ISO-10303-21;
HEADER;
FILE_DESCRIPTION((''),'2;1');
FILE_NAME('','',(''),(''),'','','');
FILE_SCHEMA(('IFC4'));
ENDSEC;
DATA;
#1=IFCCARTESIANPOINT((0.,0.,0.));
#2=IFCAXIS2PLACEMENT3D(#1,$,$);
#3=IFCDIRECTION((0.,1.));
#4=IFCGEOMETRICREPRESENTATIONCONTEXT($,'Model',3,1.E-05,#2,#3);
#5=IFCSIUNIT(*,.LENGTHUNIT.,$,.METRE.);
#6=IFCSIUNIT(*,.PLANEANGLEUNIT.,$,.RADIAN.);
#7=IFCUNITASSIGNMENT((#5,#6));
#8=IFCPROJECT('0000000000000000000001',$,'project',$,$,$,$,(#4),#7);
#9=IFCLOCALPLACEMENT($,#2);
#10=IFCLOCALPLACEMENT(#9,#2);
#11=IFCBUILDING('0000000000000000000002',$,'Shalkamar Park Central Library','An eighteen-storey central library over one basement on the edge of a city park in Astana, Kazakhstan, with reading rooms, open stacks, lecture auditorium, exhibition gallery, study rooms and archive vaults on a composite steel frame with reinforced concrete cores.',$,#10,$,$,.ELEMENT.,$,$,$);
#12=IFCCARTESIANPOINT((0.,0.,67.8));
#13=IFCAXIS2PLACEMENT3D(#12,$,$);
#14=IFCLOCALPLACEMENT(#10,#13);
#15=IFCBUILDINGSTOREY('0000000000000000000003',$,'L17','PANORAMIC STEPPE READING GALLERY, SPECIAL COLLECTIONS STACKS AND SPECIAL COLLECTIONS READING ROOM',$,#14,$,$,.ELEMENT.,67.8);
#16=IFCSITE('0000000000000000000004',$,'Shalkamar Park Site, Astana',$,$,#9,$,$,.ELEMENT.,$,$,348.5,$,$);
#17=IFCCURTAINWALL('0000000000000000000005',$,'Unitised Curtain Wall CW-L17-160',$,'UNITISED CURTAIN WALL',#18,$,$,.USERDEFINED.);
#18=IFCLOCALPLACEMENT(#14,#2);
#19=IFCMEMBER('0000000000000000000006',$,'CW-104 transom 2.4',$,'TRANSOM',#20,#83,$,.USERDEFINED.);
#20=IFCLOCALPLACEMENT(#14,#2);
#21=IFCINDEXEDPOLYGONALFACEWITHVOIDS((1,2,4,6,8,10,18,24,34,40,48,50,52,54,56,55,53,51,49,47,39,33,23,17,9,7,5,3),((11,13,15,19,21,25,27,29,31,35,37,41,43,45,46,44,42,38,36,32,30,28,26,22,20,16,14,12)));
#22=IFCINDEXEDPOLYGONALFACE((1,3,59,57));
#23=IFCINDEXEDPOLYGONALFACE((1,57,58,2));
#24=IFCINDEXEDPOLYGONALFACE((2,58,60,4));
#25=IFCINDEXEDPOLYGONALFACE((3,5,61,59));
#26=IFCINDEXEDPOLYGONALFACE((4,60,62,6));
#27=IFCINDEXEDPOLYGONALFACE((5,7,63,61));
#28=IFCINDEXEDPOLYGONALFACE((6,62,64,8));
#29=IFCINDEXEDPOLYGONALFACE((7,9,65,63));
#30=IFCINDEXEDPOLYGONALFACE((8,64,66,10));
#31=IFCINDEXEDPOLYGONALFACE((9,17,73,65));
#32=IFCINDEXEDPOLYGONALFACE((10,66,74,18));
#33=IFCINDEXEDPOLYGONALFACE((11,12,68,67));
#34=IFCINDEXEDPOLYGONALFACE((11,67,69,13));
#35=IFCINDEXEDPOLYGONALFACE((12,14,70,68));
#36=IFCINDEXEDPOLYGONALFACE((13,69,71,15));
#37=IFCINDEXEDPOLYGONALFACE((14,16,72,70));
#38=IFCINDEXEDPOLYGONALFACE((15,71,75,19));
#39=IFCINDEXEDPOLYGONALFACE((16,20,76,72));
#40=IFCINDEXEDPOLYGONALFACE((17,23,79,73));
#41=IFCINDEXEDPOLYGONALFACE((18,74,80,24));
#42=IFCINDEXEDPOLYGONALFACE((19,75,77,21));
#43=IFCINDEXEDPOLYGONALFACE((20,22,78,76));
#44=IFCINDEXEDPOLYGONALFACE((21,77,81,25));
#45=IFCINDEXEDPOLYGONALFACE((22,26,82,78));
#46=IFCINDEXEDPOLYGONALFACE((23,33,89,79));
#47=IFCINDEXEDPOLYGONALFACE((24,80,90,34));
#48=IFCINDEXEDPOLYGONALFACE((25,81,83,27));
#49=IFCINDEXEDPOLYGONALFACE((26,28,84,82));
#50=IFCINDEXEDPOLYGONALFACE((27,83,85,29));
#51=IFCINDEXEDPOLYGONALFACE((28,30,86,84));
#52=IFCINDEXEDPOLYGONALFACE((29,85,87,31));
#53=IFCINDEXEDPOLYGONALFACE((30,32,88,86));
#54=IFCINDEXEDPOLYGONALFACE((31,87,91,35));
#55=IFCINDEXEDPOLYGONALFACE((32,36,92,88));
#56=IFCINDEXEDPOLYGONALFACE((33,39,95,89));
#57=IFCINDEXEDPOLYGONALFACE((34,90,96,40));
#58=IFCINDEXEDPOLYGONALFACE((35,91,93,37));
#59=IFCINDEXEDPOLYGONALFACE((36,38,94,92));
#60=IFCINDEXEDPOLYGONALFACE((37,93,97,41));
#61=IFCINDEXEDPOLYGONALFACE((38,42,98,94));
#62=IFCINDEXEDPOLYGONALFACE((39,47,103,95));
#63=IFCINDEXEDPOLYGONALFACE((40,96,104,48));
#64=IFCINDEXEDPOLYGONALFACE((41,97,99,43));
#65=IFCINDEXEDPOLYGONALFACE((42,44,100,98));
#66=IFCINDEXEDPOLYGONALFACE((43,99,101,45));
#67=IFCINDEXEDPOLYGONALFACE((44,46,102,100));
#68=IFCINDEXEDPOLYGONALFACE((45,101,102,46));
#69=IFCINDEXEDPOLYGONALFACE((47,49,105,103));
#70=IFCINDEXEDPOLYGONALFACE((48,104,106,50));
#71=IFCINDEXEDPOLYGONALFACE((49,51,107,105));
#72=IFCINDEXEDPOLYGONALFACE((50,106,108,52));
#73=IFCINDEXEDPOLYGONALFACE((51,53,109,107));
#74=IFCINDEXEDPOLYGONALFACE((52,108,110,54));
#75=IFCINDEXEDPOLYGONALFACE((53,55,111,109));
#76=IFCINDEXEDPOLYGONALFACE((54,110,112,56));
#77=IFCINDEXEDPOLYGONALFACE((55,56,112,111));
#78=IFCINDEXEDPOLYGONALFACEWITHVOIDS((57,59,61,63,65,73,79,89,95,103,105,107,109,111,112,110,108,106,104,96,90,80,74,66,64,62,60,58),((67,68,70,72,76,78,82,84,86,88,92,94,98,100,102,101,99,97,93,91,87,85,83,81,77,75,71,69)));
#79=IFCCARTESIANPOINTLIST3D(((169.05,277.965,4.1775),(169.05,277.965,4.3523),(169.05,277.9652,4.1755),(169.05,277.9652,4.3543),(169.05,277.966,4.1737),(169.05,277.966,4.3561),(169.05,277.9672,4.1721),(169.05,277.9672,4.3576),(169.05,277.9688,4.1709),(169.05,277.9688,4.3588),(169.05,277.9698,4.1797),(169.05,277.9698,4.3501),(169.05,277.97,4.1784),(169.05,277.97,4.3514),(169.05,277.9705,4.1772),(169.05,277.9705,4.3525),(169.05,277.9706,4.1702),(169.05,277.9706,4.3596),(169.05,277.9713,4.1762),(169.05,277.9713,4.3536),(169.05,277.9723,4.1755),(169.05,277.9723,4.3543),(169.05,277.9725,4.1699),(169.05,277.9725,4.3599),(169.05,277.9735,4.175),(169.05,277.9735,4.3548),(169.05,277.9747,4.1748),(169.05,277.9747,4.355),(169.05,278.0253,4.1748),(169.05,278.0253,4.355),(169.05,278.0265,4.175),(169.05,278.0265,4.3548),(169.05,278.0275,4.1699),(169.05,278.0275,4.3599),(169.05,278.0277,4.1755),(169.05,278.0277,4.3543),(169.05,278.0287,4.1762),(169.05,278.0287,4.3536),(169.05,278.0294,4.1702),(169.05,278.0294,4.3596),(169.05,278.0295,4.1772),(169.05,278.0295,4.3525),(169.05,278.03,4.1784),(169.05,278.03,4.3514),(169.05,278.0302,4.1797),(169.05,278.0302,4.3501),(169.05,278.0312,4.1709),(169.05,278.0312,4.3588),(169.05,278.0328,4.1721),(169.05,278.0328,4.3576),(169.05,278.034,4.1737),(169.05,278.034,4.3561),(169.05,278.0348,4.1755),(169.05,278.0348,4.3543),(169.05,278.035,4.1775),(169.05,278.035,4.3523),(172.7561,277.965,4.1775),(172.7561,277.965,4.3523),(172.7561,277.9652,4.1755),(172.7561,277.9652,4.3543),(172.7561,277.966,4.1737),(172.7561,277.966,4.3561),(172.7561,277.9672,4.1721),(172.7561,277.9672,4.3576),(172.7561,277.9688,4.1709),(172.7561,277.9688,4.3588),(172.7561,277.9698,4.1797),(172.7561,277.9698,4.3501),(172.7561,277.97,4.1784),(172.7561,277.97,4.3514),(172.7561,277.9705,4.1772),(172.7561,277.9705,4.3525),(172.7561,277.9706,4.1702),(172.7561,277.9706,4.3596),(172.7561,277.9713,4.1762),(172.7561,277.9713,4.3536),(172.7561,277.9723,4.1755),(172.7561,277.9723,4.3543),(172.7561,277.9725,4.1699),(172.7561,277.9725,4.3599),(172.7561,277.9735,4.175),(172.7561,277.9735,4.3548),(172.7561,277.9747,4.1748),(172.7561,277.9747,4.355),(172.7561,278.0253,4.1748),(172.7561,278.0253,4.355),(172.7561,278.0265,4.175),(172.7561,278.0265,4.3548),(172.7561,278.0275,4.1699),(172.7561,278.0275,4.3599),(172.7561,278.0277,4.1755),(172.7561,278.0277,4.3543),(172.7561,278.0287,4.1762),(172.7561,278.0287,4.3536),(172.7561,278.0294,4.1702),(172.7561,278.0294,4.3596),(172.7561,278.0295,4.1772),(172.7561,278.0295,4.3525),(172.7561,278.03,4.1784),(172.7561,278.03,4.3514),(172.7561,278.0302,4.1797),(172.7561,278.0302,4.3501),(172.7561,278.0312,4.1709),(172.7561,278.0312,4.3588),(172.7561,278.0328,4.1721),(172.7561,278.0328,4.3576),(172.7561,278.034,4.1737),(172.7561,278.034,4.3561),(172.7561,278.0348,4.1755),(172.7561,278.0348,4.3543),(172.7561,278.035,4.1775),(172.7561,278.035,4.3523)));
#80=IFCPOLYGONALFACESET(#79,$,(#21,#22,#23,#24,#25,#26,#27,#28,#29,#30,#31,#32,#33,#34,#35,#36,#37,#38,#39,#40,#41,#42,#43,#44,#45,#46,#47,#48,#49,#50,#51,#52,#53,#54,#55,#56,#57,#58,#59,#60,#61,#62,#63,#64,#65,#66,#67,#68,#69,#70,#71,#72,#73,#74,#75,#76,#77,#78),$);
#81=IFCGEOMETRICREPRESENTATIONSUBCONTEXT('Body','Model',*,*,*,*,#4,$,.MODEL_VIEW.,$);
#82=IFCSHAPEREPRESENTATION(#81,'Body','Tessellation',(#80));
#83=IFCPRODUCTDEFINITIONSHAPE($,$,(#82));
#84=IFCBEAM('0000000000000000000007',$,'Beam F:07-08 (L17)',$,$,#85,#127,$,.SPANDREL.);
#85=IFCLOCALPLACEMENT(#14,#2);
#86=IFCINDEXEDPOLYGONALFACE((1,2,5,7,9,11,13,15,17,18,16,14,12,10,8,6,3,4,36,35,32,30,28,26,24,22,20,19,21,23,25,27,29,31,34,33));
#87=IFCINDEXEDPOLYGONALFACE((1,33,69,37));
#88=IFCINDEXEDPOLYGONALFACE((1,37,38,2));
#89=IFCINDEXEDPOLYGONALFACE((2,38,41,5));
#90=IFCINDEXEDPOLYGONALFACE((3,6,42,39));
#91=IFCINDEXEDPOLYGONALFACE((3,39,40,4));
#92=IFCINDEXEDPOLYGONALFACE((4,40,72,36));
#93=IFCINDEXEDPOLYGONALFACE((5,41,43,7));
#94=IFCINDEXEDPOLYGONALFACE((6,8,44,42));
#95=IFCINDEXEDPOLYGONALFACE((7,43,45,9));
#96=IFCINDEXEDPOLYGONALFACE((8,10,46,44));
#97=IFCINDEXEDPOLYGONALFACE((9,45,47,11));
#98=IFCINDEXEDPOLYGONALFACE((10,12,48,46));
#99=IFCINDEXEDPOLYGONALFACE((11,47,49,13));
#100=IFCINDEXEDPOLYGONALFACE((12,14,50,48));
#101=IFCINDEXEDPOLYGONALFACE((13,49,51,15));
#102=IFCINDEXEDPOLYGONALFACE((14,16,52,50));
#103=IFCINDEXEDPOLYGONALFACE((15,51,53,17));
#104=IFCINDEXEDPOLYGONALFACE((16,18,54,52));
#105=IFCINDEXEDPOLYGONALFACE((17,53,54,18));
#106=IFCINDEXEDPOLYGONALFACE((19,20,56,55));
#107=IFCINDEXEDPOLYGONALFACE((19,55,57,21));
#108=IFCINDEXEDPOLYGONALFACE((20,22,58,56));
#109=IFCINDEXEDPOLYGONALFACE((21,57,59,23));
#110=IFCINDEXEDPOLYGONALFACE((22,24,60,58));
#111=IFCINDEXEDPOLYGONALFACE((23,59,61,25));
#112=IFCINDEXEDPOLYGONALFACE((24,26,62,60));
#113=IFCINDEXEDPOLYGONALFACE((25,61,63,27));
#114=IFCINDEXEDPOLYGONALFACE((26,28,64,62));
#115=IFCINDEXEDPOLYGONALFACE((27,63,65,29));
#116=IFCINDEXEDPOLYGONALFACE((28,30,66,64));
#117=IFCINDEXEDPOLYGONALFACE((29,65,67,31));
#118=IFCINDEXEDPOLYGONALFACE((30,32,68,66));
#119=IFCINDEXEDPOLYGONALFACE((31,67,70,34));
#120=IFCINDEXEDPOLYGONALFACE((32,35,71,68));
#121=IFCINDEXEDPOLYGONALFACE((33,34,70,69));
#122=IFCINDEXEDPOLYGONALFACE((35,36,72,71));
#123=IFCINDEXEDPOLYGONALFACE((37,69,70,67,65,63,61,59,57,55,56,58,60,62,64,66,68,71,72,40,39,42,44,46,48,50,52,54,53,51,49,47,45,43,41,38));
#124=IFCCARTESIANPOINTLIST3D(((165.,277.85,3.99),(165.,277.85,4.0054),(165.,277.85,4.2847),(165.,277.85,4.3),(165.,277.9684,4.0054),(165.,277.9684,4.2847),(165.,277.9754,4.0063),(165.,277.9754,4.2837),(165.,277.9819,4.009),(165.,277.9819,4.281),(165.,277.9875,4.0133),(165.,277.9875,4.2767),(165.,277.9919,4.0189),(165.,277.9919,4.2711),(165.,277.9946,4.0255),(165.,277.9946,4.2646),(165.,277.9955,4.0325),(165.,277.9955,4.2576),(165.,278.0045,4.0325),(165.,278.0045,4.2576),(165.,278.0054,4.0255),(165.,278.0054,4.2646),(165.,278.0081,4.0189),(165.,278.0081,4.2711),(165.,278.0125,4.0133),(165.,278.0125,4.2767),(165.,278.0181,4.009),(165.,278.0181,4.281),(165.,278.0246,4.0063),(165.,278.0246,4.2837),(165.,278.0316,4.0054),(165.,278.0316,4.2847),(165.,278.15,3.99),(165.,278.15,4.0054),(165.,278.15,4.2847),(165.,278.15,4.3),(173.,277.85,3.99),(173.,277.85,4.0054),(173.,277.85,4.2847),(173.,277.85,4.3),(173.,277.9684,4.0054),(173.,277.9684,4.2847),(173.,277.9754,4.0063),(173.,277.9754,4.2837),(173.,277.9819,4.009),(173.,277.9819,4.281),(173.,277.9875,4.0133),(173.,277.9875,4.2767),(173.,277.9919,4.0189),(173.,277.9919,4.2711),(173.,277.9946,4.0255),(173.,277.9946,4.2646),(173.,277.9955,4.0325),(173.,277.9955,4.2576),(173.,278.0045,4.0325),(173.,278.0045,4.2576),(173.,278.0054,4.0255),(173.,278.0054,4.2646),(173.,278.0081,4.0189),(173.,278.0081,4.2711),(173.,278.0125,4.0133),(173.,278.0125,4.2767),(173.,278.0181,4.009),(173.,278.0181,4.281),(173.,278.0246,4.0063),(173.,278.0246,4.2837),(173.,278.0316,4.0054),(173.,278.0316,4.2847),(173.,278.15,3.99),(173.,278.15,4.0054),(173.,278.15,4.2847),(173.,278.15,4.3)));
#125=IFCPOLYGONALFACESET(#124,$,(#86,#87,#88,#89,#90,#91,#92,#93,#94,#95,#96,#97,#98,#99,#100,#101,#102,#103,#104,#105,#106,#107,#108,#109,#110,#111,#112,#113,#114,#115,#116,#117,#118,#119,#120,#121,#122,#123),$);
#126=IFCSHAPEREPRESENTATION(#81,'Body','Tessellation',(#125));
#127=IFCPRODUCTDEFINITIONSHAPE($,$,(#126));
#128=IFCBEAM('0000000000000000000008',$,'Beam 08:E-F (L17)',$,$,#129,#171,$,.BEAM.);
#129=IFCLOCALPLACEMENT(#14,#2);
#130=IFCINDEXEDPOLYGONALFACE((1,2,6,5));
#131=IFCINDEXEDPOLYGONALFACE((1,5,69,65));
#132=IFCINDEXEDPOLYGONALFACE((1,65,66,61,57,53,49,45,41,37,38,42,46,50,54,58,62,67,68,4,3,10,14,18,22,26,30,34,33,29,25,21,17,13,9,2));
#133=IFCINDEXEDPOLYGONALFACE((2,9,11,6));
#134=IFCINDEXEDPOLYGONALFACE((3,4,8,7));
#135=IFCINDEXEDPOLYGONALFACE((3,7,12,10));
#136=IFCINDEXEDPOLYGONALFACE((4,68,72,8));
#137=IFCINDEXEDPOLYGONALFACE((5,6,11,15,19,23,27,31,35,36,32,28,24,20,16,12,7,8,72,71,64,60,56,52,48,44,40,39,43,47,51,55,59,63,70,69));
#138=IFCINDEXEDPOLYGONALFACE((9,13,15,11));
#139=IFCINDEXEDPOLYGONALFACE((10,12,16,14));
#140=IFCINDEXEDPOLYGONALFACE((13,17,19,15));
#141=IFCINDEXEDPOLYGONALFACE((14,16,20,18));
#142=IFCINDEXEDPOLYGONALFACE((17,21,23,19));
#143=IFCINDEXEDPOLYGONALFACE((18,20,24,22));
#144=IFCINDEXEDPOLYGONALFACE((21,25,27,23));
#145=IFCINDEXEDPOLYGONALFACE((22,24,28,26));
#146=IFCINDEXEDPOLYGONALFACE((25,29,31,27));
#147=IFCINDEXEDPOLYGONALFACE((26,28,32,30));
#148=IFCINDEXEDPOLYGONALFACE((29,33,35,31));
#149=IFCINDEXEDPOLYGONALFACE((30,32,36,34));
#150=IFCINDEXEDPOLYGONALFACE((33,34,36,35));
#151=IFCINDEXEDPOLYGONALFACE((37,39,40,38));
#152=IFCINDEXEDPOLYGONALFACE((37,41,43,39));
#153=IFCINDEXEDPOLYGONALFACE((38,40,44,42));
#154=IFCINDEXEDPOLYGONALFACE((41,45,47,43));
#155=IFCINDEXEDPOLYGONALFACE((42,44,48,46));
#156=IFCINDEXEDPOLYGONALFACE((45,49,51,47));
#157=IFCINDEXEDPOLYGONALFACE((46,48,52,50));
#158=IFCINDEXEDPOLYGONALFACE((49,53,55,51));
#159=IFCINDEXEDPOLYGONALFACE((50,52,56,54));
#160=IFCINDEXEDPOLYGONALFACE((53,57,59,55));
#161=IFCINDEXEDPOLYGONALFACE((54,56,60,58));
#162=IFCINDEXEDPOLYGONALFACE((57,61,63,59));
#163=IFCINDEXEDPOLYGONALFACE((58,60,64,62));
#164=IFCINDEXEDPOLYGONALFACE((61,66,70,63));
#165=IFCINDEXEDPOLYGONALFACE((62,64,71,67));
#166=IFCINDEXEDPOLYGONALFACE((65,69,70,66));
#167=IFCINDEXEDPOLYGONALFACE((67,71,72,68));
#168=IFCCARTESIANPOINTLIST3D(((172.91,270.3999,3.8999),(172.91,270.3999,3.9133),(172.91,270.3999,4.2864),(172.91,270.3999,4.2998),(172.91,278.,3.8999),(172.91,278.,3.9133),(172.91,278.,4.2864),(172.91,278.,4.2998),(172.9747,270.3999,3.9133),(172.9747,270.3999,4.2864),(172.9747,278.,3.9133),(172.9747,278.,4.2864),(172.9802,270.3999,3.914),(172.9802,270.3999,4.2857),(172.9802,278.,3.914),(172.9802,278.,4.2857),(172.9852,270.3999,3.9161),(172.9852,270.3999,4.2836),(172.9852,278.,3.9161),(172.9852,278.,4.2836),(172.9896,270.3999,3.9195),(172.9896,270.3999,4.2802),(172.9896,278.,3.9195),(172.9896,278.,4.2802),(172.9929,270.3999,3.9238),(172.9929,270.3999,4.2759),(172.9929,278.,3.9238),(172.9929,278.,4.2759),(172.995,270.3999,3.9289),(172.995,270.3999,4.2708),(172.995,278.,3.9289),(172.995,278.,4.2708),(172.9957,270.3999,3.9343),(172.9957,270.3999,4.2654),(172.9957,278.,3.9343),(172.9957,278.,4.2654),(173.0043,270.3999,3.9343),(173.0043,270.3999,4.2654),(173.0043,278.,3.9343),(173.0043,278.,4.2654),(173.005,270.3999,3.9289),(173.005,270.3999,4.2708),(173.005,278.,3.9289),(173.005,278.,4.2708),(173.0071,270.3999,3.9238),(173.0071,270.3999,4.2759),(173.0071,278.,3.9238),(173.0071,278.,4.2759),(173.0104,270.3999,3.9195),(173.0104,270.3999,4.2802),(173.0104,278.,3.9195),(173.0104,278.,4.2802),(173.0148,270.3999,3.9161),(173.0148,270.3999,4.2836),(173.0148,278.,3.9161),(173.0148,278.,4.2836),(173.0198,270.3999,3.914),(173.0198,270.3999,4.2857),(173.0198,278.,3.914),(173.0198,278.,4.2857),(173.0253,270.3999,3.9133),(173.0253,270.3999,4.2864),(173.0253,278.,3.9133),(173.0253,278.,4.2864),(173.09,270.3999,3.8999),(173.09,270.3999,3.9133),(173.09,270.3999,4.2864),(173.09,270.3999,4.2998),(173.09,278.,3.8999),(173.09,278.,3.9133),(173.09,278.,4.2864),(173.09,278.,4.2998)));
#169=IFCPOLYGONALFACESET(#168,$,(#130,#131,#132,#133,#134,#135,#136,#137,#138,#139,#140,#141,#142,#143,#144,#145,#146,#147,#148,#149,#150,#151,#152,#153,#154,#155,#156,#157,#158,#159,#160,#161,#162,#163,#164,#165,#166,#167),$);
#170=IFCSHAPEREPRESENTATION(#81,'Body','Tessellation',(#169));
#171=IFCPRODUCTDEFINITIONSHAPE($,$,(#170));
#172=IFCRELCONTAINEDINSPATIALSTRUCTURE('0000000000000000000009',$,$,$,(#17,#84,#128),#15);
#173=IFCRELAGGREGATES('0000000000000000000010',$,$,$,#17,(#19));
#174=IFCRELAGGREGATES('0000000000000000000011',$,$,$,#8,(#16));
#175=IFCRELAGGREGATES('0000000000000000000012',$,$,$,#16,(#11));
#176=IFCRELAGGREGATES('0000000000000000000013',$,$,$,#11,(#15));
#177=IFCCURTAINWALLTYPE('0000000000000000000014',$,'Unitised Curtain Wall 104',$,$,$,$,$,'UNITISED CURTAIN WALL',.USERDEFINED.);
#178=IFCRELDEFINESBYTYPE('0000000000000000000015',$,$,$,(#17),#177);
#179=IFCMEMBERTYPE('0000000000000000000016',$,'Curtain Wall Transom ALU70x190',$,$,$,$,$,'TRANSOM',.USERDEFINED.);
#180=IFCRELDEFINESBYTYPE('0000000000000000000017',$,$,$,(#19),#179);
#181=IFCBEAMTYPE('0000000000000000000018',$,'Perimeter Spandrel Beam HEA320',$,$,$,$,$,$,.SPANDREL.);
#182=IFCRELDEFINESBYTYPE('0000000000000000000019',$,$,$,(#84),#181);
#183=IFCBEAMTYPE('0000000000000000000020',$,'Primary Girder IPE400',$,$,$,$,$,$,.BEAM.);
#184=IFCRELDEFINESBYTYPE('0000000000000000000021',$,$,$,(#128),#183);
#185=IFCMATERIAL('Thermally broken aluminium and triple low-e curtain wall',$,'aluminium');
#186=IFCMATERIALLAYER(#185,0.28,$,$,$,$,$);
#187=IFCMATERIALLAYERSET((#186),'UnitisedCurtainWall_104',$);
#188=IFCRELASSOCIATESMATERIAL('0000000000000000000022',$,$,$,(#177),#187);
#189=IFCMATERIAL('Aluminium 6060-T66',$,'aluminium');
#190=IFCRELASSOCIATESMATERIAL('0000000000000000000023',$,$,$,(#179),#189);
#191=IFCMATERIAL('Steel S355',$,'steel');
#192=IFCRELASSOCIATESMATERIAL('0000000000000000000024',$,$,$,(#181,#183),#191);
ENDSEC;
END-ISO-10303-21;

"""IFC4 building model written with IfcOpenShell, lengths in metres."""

from ifc_helpers import new_model, si_unit, direction, frame, origin, origin_2d, place, context, subcontext, project, spatial, hollow_rectangle, i_section, extrude, material, layer, layer_set, material_profile, profile_set, type_object, element, aggregate, save


model = new_model("IFC4")

# Units and contexts
model_context = context("Model", 3, precision=1e-05, world=origin(), true_north=direction((0.0, 1.0)))
body_context = subcontext(model_context, "Body", "Model", "MODEL_VIEW")
ifc_project = project(units=[si_unit("LENGTHUNIT", "METRE"), si_unit("PLANEANGLEUNIT", "RADIAN")], contexts=[model_context])

# Site, building, storey
site_placement = place(None, origin())
site = spatial("IfcSite", under=ifc_project, at=site_placement, Name="Shalkamar Park Site, Astana", CompositionType="ELEMENT", RefElevation=348.5)
building_placement = place(site_placement, origin())
building = spatial("IfcBuilding", under=site, at=building_placement, Name="Shalkamar Park Central Library", Description="An eighteen-storey central library over one basement on the edge of a city park in Astana, Kazakhstan, with reading rooms, open stacks, lecture auditorium, exhibition gallery, study rooms and archive vaults on a composite steel frame with reinforced concrete cores.", CompositionType="ELEMENT")
storey_placement = place(building_placement, frame((0.0, 0.0, 67.8)))
storey = spatial("IfcBuildingStorey", under=building, at=storey_placement, Name="L17", Description="PANORAMIC STEPPE READING GALLERY, SPECIAL COLLECTIONS STACKS AND SPECIAL COLLECTIONS READING ROOM", CompositionType="ELEMENT", Elevation=67.8)

# Shared definitions
ifc_material_1 = material(Name="Steel S355", Category="steel")

# Curtain wall, member
ifc_material_2 = material(Name="Thermally broken aluminium and triple low-e curtain wall", Category="aluminium")
ifc_layer_1 = layer(ifc_material_2, 0.28)
ifc_layer_set_1 = layer_set([ifc_layer_1], Name="UnitisedCurtainWall_104")
curtain_wall_type = type_object("IfcCurtainWallType", Name="Unitised Curtain Wall 104", ElementType="UNITISED CURTAIN WALL", PredefinedType="USERDEFINED", material=ifc_layer_set_1)
curtain_wall_placement = place(storey_placement, origin())
curtain_wall = element("IfcCurtainWall", 1, at=curtain_wall_placement, inside=storey, type_object=curtain_wall_type, Name="Unitised Curtain Wall CW-L17-160", ObjectType="UNITISED CURTAIN WALL", PredefinedType="USERDEFINED")
ifc_material_3 = material(Name="Aluminium 6060-T66", Category="aluminium")
ifc_material_profile_1 = material_profile(ifc_material_3, hollow_rectangle(XDim=0.0701, YDim=0.1899, WallThickness=0.0049, InnerFilletRadius=0.0049, OuterFilletRadius=0.0076, at=origin_2d()), Name="ALU 70x190x5")
ifc_profile_set_1 = profile_set([ifc_material_profile_1], Name="Aluminium 6060-T66")
member_type_1 = type_object("IfcMemberType", Name="Curtain Wall Transom ALU70x190", ElementType="TRANSOM", PredefinedType="USERDEFINED", material=ifc_profile_set_1)
member_1_placement = place(storey_placement, frame((169.05, 278.0, 4.2649), z_axis=(1.0, 0.0, 0.0), x_axis=(0.0, 1.0, 0.0)))
member_1 = element("IfcMember", 2, at=member_1_placement, type_object=member_type_1, Name="CW-104 transom 2.4", ObjectType="TRANSOM", PredefinedType="USERDEFINED", context=body_context, shape_type="SweptSolid", body=[
    extrude(hollow_rectangle(XDim=0.0701, YDim=0.1899, WallThickness=0.0049, InnerFilletRadius=0.0049, OuterFilletRadius=0.0076, at=origin_2d()), origin(), (0.0, 0.0, 1.0), 3.7061),
])

# Beams
ifc_material_profile_2 = material_profile(ifc_material_1, i_section(OverallWidth=0.3, OverallDepth=0.3101, WebThickness=0.009, FlangeThickness=0.0154, FilletRadius=0.0271, at=origin_2d()), Name="HEA 320")
ifc_profile_set_2 = profile_set([ifc_material_profile_2], Name="Steel S355")
beam_type_1 = type_object("IfcBeamType", Name="Perimeter Spandrel Beam HEA320", PredefinedType="SPANDREL", material=ifc_profile_set_2)
beam_1_placement = place(storey_placement, frame((165.0, 278.0, 4.145), z_axis=(1.0, 0.0, 0.0), x_axis=(0.0, 1.0, 0.0)))
element("IfcBeam", 3, at=beam_1_placement, inside=storey, type_object=beam_type_1, Name="Beam F:07-08 (L17)", PredefinedType="SPANDREL", context=body_context, shape_type="SweptSolid", body=[
    extrude(i_section(OverallWidth=0.3, OverallDepth=0.3101, WebThickness=0.009, FlangeThickness=0.0154, FilletRadius=0.0271, at=origin_2d()), origin(), (0.0, 0.0, 1.0), 8.0),
])
ifc_material_profile_3 = material_profile(ifc_material_1, i_section(OverallWidth=0.1799, OverallDepth=0.3999, WebThickness=0.0085, FlangeThickness=0.0134, FilletRadius=0.021, at=origin_2d()), Name="IPE 400")
ifc_profile_set_3 = profile_set([ifc_material_profile_3], Name="Steel S355")
beam_type_2 = type_object("IfcBeamType", Name="Primary Girder IPE400", PredefinedType="BEAM", material=ifc_profile_set_3)
beam_2_placement = place(storey_placement, frame((173.0, 270.3999, 4.0999), z_axis=(0.0, 1.0, 0.0), x_axis=(-1.0, 0.0, 0.0)))
element("IfcBeam", 4, at=beam_2_placement, inside=storey, type_object=beam_type_2, Name="Beam 08:E-F (L17)", PredefinedType="BEAM", context=body_context, shape_type="SweptSolid", body=[
    extrude(i_section(OverallWidth=0.1799, OverallDepth=0.3999, WebThickness=0.0085, FlangeThickness=0.0134, FilletRadius=0.021, at=origin_2d()), origin(), (0.0, 0.0, 1.0), 7.6001),
])

aggregate(curtain_wall, [member_1])

save(model, "model.ifc")
